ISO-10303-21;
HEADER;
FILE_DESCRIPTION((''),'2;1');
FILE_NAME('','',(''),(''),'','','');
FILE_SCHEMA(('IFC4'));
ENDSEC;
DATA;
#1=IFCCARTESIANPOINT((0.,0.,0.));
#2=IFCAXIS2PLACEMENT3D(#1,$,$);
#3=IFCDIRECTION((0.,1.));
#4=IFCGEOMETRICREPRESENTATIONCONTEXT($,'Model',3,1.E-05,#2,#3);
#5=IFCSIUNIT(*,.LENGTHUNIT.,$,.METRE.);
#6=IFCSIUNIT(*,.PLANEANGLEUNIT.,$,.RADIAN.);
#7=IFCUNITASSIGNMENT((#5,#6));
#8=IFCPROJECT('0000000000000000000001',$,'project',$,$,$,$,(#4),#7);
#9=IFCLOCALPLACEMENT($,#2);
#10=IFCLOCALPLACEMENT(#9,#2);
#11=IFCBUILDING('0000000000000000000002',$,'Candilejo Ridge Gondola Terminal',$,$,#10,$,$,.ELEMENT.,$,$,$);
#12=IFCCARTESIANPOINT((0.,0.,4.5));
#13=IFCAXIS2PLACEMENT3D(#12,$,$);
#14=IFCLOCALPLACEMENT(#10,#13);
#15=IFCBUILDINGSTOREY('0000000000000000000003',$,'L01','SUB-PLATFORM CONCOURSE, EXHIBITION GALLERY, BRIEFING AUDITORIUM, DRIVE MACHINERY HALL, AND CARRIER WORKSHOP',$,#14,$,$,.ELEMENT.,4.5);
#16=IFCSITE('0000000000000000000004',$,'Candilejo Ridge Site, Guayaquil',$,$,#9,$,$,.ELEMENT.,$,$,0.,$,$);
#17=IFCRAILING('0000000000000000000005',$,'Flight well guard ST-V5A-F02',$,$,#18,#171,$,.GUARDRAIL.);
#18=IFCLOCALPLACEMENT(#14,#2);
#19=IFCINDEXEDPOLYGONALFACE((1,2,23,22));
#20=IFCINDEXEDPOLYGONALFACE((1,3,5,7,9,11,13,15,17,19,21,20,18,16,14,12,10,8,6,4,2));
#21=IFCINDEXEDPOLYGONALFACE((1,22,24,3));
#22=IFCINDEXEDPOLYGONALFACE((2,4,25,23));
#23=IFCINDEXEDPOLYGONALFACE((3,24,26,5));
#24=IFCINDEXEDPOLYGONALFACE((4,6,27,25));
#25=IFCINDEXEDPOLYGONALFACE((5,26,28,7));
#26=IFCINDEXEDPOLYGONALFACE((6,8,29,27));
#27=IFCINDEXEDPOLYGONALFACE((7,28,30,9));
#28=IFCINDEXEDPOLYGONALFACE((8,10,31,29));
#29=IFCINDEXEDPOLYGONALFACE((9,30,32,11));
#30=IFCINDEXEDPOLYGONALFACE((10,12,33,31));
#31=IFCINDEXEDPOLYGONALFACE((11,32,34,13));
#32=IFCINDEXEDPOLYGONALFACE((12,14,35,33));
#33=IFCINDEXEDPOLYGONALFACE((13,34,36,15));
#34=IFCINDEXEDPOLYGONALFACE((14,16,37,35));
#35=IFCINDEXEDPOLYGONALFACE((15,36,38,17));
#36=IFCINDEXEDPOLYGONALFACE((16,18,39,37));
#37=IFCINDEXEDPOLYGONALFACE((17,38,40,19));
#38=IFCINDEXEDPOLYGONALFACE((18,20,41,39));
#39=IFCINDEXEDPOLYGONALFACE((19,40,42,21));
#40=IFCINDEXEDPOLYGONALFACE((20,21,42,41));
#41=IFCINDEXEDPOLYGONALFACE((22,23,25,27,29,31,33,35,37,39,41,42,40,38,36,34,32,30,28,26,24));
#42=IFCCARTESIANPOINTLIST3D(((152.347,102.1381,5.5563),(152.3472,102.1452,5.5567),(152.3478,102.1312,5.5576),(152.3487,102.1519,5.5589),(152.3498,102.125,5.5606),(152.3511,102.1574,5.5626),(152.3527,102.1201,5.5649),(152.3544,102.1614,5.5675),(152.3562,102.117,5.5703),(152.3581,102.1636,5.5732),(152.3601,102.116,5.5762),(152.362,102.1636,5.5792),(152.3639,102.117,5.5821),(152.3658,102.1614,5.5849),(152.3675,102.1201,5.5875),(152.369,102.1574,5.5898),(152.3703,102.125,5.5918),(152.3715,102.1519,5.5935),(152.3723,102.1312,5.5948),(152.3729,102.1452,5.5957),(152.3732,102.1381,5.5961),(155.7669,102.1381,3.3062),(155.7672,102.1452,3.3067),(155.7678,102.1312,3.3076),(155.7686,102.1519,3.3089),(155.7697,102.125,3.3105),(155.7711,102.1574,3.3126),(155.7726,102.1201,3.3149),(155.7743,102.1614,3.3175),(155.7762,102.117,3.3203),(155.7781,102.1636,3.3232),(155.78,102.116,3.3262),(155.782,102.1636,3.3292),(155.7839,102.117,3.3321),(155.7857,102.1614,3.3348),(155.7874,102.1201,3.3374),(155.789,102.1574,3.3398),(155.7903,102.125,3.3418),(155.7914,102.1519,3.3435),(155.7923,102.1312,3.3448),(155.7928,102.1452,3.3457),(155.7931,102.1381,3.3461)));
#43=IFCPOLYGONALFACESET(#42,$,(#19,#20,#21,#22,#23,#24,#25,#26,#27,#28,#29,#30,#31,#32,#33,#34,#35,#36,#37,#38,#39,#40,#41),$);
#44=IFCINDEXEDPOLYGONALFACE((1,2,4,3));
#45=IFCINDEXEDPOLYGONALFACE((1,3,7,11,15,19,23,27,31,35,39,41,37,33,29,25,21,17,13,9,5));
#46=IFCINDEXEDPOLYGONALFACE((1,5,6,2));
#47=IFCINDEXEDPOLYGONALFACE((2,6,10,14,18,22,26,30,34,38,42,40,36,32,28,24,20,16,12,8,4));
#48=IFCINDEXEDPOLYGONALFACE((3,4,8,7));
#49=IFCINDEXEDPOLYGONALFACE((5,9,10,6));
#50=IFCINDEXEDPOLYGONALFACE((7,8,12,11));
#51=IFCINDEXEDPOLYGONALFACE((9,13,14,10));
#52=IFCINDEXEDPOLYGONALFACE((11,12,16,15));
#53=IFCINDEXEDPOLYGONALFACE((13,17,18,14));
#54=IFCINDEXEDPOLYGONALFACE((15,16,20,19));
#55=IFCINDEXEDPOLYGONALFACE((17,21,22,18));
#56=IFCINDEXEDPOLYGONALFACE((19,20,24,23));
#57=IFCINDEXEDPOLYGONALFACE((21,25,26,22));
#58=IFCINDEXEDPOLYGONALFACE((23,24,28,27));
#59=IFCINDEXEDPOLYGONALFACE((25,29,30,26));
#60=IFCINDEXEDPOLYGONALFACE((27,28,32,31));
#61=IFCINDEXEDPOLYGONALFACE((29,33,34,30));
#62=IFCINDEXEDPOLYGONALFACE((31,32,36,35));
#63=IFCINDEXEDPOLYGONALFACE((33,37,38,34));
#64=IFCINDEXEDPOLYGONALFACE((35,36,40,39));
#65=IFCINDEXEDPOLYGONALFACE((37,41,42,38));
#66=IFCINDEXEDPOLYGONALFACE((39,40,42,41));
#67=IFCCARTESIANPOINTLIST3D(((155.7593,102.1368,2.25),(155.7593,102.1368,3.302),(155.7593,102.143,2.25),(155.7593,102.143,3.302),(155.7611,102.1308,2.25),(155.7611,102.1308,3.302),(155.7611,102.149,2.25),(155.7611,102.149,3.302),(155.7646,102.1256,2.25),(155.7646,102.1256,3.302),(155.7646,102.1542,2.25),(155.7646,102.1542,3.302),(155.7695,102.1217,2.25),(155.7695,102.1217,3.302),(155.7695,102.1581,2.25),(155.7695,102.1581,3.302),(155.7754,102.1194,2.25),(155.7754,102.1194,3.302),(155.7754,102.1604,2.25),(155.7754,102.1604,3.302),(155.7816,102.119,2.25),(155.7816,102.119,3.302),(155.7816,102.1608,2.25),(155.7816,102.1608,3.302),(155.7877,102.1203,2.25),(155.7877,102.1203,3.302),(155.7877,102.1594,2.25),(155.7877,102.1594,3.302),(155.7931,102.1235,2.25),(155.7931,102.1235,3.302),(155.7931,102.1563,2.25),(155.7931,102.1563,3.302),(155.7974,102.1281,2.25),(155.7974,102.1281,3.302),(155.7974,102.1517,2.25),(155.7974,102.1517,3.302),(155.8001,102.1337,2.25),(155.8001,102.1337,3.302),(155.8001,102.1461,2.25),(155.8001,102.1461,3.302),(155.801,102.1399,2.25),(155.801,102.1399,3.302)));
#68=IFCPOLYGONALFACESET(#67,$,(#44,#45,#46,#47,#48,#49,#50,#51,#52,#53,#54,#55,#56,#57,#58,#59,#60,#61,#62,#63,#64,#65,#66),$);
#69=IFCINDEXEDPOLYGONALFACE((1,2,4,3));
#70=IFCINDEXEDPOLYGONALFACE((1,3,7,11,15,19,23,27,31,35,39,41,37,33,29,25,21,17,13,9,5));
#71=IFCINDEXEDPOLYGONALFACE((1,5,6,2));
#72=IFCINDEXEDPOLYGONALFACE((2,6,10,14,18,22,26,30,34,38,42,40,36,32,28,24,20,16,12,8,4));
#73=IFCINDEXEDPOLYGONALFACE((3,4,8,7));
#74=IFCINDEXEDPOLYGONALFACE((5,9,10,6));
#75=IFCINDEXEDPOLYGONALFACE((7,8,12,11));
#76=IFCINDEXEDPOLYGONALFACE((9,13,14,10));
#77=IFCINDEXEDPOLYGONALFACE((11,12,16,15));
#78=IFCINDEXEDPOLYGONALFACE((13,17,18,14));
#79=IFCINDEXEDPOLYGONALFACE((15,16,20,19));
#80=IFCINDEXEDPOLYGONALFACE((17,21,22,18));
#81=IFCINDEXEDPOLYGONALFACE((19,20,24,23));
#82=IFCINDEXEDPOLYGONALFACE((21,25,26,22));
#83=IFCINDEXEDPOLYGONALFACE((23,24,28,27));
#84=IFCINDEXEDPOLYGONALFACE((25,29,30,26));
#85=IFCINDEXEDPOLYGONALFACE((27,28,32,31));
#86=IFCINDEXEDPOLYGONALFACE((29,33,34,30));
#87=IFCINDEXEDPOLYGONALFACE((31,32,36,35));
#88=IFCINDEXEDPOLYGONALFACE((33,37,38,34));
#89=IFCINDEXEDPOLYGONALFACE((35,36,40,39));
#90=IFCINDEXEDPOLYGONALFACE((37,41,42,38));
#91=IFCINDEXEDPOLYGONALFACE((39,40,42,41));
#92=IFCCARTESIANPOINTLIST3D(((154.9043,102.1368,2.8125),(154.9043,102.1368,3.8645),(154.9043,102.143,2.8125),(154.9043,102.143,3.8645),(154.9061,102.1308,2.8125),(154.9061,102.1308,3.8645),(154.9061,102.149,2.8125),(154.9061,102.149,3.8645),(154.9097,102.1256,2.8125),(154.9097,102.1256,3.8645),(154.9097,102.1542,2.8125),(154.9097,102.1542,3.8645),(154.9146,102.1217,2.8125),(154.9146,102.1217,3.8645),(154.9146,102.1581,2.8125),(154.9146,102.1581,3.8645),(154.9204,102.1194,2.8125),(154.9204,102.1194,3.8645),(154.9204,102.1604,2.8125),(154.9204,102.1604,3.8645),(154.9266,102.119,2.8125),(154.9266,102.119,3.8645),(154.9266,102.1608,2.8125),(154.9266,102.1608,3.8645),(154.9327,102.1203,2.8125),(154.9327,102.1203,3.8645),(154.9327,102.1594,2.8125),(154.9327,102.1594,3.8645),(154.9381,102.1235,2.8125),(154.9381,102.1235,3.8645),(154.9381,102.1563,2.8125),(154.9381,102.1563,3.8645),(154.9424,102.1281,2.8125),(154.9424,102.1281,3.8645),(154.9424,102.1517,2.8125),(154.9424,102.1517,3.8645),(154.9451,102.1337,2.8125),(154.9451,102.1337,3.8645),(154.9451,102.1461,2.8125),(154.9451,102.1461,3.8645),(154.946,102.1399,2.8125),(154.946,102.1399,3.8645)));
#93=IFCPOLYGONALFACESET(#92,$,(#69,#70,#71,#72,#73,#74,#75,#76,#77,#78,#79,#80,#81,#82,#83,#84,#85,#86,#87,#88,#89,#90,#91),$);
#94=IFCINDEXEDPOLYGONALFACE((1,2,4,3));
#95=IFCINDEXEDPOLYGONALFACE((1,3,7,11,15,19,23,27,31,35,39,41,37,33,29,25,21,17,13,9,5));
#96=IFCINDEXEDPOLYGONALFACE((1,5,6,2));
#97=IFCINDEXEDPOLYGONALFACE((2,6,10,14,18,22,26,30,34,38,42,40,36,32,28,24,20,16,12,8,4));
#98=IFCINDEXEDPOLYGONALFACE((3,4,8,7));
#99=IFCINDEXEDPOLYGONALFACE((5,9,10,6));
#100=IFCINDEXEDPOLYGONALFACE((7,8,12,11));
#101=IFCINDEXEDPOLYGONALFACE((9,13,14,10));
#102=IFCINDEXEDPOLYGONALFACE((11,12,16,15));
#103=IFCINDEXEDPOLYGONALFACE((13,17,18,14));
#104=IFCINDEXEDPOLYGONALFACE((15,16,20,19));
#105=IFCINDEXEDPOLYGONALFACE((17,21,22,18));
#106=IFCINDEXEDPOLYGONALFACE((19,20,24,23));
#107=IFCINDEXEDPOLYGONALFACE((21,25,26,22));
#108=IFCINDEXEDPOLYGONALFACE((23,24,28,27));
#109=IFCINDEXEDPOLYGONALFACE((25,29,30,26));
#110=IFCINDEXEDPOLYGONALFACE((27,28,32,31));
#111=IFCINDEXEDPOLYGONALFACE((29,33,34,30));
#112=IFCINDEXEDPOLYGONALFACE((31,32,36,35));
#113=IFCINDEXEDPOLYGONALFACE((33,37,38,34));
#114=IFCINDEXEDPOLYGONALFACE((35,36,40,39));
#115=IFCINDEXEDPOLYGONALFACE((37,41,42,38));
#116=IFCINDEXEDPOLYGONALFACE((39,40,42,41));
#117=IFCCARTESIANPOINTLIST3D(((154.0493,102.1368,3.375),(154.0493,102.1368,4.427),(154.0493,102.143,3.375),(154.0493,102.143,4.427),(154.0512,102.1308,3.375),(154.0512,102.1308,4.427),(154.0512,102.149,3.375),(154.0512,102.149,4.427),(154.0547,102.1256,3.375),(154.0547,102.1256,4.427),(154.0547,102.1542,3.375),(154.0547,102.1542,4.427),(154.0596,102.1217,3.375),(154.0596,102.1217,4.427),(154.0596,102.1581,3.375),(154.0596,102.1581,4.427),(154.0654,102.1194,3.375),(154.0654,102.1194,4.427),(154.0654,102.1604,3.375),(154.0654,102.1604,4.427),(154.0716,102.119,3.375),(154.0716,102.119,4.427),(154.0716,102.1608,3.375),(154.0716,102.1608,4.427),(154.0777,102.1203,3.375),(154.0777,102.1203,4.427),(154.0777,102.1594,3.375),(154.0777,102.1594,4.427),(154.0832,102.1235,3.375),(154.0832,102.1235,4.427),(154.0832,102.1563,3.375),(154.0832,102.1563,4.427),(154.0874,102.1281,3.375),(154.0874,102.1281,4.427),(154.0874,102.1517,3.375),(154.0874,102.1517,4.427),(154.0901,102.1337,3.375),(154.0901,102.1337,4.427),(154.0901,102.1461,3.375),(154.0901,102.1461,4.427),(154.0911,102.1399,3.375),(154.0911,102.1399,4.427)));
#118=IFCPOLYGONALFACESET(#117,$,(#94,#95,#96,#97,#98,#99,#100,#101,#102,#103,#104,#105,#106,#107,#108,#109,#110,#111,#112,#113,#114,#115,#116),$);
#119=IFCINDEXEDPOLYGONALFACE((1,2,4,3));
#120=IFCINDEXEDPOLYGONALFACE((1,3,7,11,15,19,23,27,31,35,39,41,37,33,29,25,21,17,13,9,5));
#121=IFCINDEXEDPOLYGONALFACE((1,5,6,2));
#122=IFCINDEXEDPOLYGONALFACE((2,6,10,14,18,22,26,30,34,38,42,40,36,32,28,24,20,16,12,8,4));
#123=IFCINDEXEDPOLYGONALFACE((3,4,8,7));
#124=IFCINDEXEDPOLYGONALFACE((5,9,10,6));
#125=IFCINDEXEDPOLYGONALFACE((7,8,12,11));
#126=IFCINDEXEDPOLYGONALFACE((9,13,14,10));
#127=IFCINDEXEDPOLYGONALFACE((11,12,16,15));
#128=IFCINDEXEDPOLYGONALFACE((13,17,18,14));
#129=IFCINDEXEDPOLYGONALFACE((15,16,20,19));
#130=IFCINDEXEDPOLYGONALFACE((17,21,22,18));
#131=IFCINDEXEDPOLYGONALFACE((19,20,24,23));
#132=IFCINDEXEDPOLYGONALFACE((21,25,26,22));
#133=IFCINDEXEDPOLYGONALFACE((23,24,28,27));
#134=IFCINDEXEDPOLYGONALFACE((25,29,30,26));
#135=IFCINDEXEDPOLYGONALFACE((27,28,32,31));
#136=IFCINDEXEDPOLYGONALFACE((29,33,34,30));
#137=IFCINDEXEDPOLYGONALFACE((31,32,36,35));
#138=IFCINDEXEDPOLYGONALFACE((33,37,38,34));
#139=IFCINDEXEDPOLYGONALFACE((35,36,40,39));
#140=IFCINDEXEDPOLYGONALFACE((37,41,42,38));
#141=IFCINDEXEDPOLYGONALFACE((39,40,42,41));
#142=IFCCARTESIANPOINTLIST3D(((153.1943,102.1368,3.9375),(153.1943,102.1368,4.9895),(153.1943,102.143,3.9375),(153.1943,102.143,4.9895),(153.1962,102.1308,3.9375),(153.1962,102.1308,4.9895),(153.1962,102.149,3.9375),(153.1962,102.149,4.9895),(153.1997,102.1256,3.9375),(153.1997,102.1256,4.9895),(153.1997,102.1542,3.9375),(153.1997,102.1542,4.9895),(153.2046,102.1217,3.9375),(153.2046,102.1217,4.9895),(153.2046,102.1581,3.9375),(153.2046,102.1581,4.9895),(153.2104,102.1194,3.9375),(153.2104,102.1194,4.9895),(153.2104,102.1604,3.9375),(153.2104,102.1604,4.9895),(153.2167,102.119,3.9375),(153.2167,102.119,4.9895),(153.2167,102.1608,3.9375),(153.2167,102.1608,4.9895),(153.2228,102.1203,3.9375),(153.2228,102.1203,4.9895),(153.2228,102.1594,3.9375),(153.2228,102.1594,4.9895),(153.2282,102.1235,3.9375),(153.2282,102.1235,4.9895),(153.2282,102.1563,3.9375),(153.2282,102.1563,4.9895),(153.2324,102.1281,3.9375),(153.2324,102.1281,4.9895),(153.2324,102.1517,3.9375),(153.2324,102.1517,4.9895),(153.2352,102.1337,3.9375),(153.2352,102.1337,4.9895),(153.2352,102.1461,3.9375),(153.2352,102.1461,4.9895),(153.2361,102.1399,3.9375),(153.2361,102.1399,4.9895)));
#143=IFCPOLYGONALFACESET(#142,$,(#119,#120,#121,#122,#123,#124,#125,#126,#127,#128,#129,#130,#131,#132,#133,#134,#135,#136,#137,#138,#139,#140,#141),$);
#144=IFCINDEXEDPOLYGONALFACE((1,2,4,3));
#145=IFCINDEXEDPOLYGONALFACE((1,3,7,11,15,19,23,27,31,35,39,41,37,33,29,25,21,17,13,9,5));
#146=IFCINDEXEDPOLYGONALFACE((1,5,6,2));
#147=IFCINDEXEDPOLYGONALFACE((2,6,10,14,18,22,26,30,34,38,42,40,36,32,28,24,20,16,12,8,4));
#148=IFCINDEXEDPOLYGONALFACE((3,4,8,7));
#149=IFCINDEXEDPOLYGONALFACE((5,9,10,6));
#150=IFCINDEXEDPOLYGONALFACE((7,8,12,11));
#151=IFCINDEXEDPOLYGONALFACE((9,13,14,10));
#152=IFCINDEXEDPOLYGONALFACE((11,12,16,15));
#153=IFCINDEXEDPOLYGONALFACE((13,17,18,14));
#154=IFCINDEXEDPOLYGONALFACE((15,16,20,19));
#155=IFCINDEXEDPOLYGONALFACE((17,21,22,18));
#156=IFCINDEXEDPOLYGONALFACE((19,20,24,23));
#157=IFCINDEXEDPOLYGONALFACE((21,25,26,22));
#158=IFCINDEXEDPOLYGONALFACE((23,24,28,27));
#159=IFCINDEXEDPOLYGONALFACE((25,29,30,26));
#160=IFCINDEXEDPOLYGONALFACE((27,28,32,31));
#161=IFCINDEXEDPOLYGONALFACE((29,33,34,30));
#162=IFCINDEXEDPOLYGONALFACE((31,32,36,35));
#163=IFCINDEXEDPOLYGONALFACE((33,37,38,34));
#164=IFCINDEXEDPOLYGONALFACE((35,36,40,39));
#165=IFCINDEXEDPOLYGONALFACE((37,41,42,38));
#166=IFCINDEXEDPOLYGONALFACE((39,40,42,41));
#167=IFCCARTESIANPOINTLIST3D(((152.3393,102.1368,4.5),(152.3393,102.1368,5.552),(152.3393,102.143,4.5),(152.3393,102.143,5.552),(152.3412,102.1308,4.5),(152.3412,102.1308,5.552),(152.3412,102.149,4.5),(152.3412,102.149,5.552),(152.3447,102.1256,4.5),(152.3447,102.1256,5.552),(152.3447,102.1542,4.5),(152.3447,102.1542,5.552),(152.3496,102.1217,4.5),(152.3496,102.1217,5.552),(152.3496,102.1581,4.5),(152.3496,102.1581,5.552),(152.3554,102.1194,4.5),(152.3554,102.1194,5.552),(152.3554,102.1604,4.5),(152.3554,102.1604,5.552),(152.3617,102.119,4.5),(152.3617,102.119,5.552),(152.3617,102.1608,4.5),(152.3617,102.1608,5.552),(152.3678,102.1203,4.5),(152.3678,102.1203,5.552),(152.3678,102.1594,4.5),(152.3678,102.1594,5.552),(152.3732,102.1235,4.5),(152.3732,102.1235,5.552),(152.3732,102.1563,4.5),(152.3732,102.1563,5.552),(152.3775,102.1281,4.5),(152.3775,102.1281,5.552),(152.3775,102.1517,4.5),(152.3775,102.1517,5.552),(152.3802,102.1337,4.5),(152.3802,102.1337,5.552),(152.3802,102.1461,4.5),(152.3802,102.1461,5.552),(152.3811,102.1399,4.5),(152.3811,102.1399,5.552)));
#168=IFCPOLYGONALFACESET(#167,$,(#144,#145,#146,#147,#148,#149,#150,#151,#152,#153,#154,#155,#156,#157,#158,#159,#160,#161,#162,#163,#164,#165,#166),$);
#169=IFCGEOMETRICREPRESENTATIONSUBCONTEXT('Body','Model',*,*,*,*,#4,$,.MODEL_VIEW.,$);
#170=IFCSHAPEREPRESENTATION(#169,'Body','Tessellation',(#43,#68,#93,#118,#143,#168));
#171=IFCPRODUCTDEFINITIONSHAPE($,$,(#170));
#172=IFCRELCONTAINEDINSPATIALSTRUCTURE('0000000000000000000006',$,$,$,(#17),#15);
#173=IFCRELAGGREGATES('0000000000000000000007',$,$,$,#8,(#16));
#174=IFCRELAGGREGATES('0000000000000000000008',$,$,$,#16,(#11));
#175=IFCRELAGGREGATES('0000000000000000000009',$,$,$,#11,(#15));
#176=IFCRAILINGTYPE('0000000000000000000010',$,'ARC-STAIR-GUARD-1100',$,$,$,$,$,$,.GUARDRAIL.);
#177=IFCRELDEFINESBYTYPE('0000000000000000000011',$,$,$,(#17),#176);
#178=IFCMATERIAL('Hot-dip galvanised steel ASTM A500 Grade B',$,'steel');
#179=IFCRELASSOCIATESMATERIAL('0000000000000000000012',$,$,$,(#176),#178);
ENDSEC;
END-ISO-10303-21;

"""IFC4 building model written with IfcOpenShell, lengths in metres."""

from ifc_helpers import new_model, si_unit, direction, frame, origin, origin_2d, place, context, subcontext, project, spatial, circle, extrude, material, type_object, element, save


model = new_model("IFC4")

# Units and contexts
model_context = context("Model", 3, precision=1e-05, world=origin(), true_north=direction((0.0, 1.0)))
body_context = subcontext(model_context, "Body", "Model", "MODEL_VIEW")
ifc_project = project(units=[si_unit("LENGTHUNIT", "METRE"), si_unit("PLANEANGLEUNIT", "RADIAN")], contexts=[model_context])

# Site, building, storey
site_placement = place(None, origin())
site = spatial("IfcSite", under=ifc_project, at=site_placement, Name="Candilejo Ridge Site, Guayaquil", CompositionType="ELEMENT", RefElevation=0.0)
building_placement = place(site_placement, origin())
building = spatial("IfcBuilding", under=site, at=building_placement, Name="Candilejo Ridge Gondola Terminal", CompositionType="ELEMENT")
storey_placement = place(building_placement, frame((0.0, 0.0, 4.5)))
storey = spatial("IfcBuildingStorey", under=building, at=storey_placement, Name="L01", Description="SUB-PLATFORM CONCOURSE, EXHIBITION GALLERY, BRIEFING AUDITORIUM, DRIVE MACHINERY HALL, AND CARRIER WORKSHOP", CompositionType="ELEMENT", Elevation=4.5)

# Railing
ifc_material_1 = material(Name="Hot-dip galvanised steel ASTM A500 Grade B", Category="steel")
railing_type_1 = type_object("IfcRailingType", Name="ARC-STAIR-GUARD-1100", PredefinedType="GUARDRAIL", material=ifc_material_1)
railing_1_placement = place(storey_placement, frame((155.78, 102.1399, 2.25)))
element("IfcRailing", 1, at=railing_1_placement, inside=storey, type_object=railing_type_1, Name="Flight well guard ST-V5A-F02", PredefinedType="GUARDRAIL", context=body_context, shape_type="SweptSolid", body=[
    extrude(circle(Radius=0.0239, at=origin_2d()), frame((0.0, 0.0, 1.0762), z_axis=(-0.835411, 0.0, 0.549625), x_axis=(0.0, -1.0, 0.0)), (0.0, 0.0, 1.0), 4.0938),
    extrude(circle(Radius=0.021, at=origin_2d()), origin(), (0.0, 0.0, 1.0), 1.052),
    extrude(circle(Radius=0.021, at=origin_2d()), frame((-0.855, 0.0, 0.5625)), (0.0, 0.0, 1.0), 1.052),
    extrude(circle(Radius=0.021, at=origin_2d()), frame((-1.71, 0.0, 1.125)), (0.0, 0.0, 1.0), 1.052),
    extrude(circle(Radius=0.021, at=origin_2d()), frame((-2.5649, 0.0, 1.6875)), (0.0, 0.0, 1.0), 1.052),
    extrude(circle(Radius=0.021, at=origin_2d()), frame((-3.4199, 0.0, 2.25)), (0.0, 0.0, 1.0), 1.052),
])

save(model, "model.ifc")
